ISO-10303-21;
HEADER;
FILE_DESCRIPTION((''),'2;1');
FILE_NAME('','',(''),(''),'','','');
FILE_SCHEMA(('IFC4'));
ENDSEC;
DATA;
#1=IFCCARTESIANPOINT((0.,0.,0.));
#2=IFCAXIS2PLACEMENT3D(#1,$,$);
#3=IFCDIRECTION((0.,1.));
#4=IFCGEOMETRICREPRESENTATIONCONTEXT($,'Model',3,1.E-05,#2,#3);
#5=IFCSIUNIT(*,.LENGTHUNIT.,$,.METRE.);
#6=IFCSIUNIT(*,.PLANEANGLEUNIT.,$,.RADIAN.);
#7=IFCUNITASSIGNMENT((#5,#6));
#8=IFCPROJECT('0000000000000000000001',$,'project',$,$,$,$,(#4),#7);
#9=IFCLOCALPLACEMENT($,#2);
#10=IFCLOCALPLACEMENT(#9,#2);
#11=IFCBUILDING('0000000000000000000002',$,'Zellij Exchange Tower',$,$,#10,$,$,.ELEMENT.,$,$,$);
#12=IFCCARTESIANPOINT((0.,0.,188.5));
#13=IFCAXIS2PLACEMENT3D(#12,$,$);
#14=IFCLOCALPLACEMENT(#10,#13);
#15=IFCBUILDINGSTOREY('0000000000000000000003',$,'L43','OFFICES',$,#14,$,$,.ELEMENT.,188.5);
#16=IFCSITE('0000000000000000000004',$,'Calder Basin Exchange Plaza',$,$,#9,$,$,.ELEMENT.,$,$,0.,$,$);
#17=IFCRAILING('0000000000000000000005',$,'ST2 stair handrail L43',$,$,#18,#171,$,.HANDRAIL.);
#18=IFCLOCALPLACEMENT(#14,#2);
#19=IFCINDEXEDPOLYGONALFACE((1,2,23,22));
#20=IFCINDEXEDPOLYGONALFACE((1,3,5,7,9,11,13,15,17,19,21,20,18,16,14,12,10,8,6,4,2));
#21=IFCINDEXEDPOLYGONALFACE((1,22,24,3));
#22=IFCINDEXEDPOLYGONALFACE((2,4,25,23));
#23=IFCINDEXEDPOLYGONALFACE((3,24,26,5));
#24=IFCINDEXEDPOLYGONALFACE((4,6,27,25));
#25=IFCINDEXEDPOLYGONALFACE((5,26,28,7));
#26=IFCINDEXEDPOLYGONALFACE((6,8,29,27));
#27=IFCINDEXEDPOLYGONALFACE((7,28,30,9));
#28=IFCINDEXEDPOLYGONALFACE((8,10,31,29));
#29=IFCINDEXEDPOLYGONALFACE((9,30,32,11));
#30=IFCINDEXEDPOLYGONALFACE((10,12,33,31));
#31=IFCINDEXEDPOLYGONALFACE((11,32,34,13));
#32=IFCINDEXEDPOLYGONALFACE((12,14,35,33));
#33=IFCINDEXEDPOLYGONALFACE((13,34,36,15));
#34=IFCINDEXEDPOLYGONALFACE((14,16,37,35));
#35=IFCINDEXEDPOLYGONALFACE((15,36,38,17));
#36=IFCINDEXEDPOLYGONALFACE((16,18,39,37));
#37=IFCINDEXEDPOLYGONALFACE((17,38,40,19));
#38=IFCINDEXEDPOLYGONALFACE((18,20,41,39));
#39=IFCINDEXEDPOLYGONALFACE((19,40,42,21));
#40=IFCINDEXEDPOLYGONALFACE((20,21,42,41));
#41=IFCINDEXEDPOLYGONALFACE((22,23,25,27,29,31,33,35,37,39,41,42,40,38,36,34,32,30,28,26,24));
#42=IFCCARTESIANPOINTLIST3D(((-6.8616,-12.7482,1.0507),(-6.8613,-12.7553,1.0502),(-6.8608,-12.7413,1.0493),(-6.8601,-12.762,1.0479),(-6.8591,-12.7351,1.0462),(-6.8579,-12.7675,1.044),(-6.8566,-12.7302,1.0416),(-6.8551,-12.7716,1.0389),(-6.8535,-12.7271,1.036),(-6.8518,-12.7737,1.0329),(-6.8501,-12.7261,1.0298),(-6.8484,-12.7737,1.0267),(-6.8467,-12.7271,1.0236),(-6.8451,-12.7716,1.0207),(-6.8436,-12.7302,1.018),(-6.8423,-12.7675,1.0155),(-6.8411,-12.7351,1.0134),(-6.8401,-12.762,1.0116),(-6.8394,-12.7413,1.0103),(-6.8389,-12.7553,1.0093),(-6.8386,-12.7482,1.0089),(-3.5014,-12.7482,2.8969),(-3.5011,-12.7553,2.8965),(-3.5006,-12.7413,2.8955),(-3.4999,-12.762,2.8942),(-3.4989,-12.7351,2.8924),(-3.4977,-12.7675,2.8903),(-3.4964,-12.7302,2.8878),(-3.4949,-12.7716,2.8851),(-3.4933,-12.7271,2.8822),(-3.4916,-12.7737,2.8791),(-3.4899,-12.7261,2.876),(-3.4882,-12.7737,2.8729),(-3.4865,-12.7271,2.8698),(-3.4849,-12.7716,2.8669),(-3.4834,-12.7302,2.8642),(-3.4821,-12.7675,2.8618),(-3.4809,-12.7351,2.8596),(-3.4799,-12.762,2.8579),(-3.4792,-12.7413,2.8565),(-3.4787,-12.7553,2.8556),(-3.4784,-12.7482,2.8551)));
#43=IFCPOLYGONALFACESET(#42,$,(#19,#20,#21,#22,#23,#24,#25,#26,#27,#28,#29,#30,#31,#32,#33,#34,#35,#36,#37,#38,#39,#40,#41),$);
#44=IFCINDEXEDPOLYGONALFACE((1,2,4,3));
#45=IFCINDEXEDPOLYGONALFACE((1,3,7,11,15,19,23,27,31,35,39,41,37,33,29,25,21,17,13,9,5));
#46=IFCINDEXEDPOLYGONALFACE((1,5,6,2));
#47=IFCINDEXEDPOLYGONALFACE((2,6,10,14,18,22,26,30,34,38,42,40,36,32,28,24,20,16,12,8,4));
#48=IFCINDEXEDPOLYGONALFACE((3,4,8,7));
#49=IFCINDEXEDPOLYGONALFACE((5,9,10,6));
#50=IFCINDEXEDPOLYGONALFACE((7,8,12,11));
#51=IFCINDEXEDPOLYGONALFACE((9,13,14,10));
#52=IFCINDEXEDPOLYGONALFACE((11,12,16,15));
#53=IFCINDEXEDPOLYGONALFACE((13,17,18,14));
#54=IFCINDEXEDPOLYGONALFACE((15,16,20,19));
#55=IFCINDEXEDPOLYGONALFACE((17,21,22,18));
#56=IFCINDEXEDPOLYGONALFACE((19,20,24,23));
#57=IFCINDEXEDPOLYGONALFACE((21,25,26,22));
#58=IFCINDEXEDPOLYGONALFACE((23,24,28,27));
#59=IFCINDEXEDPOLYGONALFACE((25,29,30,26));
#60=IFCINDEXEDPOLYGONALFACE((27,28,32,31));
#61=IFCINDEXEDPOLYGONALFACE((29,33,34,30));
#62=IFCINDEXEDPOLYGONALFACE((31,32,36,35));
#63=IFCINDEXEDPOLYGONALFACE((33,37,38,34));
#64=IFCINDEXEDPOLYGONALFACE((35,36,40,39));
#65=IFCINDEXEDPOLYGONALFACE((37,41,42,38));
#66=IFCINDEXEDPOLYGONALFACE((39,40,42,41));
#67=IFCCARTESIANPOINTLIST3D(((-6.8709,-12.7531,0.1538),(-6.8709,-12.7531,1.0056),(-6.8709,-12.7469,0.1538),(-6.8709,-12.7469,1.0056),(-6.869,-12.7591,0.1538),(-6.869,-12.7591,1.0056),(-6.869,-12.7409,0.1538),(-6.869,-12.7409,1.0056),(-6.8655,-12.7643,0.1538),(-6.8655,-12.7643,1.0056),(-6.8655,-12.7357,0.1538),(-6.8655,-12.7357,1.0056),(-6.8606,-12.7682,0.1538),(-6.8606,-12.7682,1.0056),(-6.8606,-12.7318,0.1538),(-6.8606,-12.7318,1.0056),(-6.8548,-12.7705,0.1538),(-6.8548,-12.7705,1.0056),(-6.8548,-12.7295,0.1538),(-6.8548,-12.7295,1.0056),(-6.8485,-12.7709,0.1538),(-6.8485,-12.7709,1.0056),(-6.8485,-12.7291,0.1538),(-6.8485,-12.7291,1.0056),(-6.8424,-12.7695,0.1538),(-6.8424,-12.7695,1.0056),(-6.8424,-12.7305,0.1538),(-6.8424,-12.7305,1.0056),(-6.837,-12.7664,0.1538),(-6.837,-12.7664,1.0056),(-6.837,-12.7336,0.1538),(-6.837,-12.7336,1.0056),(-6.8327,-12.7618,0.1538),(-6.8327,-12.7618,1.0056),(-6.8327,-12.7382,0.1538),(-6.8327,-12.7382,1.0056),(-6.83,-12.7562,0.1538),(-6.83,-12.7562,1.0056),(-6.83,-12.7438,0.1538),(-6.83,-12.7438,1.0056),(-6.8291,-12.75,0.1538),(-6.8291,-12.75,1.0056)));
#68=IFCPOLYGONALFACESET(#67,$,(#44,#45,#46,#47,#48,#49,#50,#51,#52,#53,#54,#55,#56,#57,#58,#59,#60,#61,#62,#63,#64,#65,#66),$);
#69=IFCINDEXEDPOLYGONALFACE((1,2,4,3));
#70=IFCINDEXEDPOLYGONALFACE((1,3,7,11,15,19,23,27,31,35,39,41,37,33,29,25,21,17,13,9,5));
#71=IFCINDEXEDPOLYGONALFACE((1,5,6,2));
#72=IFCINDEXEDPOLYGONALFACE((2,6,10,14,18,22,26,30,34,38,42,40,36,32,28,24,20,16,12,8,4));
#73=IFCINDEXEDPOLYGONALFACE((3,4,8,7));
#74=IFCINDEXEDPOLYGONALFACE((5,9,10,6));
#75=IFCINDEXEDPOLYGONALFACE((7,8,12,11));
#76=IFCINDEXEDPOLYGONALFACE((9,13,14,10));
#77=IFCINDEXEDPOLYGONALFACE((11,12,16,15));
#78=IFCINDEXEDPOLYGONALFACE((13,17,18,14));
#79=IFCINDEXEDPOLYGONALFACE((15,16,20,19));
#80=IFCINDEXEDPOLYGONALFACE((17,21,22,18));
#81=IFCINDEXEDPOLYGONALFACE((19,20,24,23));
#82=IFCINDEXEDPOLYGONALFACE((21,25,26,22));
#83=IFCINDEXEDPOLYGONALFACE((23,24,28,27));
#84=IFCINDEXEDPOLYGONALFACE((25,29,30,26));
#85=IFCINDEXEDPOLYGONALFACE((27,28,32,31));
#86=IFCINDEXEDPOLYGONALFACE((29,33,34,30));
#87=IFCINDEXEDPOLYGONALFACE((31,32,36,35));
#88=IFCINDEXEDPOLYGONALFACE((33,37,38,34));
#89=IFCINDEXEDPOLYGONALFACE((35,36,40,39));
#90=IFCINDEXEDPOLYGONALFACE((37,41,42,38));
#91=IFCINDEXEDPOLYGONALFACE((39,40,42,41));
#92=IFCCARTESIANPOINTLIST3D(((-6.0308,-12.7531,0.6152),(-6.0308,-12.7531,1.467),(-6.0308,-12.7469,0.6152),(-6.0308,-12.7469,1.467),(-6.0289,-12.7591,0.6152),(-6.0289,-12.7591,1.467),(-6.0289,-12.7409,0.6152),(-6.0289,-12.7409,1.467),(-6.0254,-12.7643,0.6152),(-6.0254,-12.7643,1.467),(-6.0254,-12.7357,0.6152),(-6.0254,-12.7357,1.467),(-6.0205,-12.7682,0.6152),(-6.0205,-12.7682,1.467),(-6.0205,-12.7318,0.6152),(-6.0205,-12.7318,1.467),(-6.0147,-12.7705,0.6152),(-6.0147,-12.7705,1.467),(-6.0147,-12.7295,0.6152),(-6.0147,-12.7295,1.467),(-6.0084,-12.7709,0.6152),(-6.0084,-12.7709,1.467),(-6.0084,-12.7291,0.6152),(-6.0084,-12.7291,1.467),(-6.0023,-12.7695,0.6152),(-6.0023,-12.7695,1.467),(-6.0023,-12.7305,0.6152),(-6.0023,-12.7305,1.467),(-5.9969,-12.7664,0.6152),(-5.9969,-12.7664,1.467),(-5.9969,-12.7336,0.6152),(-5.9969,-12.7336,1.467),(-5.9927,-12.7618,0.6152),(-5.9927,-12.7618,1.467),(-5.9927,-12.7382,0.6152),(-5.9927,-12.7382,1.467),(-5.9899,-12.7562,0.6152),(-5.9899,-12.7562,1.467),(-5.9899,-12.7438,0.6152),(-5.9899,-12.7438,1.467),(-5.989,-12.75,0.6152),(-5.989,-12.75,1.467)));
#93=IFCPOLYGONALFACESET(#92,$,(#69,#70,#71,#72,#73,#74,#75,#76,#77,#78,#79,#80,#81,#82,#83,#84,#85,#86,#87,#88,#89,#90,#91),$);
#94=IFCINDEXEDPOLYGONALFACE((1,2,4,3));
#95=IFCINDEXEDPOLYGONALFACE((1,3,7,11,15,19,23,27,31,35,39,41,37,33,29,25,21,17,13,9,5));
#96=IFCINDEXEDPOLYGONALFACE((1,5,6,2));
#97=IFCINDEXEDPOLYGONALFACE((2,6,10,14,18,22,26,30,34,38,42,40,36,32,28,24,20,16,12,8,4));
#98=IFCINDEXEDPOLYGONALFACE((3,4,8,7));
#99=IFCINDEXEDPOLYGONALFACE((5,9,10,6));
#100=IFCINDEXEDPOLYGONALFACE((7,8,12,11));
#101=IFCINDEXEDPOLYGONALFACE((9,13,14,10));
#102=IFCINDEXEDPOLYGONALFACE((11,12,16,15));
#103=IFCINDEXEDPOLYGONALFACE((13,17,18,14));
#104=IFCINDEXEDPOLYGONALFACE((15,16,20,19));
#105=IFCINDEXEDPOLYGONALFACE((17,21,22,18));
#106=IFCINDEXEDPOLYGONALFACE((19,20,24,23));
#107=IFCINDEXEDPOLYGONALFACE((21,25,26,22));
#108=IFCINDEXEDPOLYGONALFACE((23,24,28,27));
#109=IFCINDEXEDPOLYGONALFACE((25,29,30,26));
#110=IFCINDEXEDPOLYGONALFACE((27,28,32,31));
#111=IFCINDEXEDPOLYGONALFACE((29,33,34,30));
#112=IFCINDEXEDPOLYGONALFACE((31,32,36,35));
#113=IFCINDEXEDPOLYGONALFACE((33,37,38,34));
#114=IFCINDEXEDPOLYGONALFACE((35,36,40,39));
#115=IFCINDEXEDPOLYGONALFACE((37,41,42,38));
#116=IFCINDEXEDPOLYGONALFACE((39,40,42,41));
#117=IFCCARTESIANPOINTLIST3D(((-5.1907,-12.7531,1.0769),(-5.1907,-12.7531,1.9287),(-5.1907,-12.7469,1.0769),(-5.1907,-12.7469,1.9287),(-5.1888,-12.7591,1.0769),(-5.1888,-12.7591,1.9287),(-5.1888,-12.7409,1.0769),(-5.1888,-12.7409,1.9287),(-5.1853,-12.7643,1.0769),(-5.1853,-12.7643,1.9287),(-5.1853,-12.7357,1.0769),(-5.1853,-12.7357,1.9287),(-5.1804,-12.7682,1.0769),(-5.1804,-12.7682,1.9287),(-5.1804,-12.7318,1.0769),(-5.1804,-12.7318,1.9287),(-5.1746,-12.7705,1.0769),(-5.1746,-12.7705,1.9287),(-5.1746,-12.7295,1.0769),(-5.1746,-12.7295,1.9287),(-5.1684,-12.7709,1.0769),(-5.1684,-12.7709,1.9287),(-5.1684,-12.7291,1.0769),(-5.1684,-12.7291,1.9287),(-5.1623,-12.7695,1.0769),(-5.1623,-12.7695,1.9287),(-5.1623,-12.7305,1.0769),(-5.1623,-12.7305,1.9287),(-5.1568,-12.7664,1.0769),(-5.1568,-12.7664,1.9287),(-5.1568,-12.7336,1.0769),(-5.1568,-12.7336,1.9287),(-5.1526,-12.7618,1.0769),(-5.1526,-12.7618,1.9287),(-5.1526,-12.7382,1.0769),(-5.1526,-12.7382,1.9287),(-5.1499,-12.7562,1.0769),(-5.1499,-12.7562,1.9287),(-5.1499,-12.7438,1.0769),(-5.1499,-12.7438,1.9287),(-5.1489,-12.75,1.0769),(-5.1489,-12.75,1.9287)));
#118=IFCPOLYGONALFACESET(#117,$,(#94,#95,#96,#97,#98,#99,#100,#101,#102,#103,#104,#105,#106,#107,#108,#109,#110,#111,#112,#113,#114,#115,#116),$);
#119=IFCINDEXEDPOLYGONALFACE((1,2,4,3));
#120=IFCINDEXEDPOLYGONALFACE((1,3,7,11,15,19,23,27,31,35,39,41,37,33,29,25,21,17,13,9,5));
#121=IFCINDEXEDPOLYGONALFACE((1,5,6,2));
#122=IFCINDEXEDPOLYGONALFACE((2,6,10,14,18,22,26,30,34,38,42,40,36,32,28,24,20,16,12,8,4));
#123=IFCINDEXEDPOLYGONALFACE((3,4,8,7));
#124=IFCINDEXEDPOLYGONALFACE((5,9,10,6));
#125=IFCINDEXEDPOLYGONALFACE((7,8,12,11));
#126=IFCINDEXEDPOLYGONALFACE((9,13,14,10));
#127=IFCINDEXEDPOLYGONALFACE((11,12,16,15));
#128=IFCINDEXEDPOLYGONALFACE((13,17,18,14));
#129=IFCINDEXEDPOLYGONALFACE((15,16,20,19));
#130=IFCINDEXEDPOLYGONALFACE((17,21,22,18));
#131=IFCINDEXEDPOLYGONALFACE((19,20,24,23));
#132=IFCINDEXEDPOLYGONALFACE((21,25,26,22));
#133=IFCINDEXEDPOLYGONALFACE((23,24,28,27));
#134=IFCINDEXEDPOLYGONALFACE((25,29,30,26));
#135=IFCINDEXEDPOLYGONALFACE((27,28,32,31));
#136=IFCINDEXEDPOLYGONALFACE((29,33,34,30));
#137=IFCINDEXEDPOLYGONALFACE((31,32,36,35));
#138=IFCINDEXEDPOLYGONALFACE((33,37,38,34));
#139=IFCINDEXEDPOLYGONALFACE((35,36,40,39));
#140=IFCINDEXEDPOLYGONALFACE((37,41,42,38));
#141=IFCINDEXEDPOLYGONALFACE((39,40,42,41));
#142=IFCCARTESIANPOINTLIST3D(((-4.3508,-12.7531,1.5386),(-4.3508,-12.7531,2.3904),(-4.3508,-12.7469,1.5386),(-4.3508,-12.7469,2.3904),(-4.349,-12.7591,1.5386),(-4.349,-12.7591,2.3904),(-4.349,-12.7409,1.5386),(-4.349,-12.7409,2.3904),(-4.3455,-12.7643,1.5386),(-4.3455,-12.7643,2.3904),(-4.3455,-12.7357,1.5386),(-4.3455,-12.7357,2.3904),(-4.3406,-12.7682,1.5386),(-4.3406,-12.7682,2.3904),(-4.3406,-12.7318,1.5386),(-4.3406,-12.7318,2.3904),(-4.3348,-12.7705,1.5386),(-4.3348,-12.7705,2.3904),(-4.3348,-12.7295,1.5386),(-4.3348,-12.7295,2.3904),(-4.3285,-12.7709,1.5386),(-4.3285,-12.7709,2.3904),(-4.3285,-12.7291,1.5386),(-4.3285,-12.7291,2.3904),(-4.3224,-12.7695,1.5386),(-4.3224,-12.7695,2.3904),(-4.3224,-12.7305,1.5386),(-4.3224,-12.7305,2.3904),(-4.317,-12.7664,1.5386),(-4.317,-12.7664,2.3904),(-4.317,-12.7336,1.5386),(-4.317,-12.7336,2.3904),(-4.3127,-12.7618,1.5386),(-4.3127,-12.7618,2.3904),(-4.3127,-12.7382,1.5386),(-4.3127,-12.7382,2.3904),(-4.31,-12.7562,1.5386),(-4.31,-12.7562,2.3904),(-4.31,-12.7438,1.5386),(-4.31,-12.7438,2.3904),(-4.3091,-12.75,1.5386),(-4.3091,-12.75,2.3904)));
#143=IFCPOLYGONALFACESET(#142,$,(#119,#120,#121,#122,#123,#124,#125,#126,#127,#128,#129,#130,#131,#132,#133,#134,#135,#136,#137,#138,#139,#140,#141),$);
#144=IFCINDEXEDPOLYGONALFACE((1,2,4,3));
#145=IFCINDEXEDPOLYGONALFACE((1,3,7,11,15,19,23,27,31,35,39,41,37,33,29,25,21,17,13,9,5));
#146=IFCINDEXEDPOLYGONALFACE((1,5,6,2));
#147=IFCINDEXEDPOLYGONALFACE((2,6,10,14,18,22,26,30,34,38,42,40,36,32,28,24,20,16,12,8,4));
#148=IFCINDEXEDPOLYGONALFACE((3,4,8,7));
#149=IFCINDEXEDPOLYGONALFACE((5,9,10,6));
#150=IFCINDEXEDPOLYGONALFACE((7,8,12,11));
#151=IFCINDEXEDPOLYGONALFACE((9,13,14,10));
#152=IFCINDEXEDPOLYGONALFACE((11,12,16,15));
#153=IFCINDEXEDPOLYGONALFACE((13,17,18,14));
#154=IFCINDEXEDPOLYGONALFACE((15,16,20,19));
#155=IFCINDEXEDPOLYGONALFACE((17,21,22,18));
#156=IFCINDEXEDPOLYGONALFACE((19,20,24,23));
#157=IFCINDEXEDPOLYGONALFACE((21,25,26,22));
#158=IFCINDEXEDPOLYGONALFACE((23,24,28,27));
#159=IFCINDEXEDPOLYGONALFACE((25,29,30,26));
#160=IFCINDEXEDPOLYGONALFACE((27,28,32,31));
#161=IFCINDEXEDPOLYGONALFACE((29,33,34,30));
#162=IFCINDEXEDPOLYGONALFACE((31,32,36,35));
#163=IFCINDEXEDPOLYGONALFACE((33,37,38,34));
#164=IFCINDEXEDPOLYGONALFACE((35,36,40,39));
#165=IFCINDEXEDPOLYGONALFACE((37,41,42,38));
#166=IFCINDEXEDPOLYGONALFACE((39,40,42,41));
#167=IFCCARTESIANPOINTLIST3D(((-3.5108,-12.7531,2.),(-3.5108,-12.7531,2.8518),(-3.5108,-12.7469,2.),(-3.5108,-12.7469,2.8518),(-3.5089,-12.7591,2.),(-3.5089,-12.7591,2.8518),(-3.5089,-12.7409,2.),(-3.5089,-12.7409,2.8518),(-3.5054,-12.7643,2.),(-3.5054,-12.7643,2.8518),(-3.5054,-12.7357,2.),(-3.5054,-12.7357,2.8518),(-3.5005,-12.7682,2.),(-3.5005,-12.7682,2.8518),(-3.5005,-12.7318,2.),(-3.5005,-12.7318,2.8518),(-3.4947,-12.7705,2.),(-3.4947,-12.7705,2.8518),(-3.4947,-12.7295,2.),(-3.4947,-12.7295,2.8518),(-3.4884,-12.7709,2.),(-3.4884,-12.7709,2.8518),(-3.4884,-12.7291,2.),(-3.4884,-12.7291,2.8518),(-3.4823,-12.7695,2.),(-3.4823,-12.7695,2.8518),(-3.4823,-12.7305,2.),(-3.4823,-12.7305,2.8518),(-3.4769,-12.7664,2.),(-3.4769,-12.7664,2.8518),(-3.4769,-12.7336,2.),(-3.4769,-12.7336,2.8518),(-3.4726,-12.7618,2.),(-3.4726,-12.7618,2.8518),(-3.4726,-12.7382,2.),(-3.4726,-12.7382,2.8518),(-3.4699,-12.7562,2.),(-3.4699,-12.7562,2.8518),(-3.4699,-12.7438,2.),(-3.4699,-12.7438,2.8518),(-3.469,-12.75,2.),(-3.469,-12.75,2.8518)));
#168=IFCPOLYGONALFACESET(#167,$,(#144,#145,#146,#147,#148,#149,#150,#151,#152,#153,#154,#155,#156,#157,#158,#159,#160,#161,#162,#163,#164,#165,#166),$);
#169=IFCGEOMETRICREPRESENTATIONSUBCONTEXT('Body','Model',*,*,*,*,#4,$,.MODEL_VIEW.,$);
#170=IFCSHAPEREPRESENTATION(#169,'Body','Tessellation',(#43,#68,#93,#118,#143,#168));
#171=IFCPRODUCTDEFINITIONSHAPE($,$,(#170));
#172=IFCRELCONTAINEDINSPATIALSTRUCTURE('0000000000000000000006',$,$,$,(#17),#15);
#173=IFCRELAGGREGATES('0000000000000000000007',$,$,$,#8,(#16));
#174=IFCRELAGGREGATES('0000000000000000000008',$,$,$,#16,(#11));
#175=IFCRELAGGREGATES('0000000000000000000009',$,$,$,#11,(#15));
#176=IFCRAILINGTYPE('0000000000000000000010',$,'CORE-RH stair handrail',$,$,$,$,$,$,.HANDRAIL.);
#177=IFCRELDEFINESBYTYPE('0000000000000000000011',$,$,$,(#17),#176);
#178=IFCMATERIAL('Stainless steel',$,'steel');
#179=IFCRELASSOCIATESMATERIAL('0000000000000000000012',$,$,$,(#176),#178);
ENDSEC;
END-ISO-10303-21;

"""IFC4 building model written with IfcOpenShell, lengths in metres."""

from ifc_helpers import new_model, si_unit, direction, frame, origin, origin_2d, place, context, subcontext, project, spatial, circle, extrude, material, type_object, element, save


model = new_model("IFC4")

# Units and contexts
model_context = context("Model", 3, precision=1e-05, world=origin(), true_north=direction((0.0, 1.0)))
body_context = subcontext(model_context, "Body", "Model", "MODEL_VIEW")
ifc_project = project(units=[si_unit("LENGTHUNIT", "METRE"), si_unit("PLANEANGLEUNIT", "RADIAN")], contexts=[model_context])

# Site, building, storey
site_placement = place(None, origin())
site = spatial("IfcSite", under=ifc_project, at=site_placement, Name="Calder Basin Exchange Plaza", CompositionType="ELEMENT", RefElevation=0.0)
building_placement = place(site_placement, origin())
building = spatial("IfcBuilding", under=site, at=building_placement, Name="Zellij Exchange Tower", CompositionType="ELEMENT")
storey_placement = place(building_placement, frame((0.0, 0.0, 188.5)))
storey = spatial("IfcBuildingStorey", under=building, at=storey_placement, Name="L43", Description="OFFICES", CompositionType="ELEMENT", Elevation=188.5)

# Railing
ifc_material_1 = material(Name="Stainless steel", Category="steel")
railing_type_1 = type_object("IfcRailingType", Name="CORE-RH stair handrail", PredefinedType="HANDRAIL", material=ifc_material_1)
railing_1_placement = place(storey_placement, frame((-6.8501, -12.75, 0.1538)))
element("IfcRailing", 1, at=railing_1_placement, inside=storey, type_object=railing_type_1, Name="ST2 stair handrail L43", PredefinedType="HANDRAIL", context=body_context, shape_type="SweptSolid", body=[
    extrude(circle(Radius=0.0239, at=origin_2d()), frame((0.0, 0.0, 0.876), z_axis=(0.876422, 0.0, 0.481545), x_axis=(0.0, 1.0, 0.0)), (0.0, 0.0, 1.0), 3.834),
    extrude(circle(Radius=0.021, at=origin_2d()), origin(), (0.0, 0.0, 1.0), 0.8518),
    extrude(circle(Radius=0.021, at=origin_2d()), frame((0.8401, 0.0, 0.4614)), (0.0, 0.0, 1.0), 0.8518),
    extrude(circle(Radius=0.021, at=origin_2d()), frame((1.6802, 0.0, 0.9231)), (0.0, 0.0, 1.0), 0.8518),
    extrude(circle(Radius=0.021, at=origin_2d()), frame((2.52, 0.0, 1.3848)), (0.0, 0.0, 1.0), 0.8518),
    extrude(circle(Radius=0.021, at=origin_2d()), frame((3.3601, 0.0, 1.8462)), (0.0, 0.0, 1.0), 0.8518),
])

save(model, "model.ifc")
